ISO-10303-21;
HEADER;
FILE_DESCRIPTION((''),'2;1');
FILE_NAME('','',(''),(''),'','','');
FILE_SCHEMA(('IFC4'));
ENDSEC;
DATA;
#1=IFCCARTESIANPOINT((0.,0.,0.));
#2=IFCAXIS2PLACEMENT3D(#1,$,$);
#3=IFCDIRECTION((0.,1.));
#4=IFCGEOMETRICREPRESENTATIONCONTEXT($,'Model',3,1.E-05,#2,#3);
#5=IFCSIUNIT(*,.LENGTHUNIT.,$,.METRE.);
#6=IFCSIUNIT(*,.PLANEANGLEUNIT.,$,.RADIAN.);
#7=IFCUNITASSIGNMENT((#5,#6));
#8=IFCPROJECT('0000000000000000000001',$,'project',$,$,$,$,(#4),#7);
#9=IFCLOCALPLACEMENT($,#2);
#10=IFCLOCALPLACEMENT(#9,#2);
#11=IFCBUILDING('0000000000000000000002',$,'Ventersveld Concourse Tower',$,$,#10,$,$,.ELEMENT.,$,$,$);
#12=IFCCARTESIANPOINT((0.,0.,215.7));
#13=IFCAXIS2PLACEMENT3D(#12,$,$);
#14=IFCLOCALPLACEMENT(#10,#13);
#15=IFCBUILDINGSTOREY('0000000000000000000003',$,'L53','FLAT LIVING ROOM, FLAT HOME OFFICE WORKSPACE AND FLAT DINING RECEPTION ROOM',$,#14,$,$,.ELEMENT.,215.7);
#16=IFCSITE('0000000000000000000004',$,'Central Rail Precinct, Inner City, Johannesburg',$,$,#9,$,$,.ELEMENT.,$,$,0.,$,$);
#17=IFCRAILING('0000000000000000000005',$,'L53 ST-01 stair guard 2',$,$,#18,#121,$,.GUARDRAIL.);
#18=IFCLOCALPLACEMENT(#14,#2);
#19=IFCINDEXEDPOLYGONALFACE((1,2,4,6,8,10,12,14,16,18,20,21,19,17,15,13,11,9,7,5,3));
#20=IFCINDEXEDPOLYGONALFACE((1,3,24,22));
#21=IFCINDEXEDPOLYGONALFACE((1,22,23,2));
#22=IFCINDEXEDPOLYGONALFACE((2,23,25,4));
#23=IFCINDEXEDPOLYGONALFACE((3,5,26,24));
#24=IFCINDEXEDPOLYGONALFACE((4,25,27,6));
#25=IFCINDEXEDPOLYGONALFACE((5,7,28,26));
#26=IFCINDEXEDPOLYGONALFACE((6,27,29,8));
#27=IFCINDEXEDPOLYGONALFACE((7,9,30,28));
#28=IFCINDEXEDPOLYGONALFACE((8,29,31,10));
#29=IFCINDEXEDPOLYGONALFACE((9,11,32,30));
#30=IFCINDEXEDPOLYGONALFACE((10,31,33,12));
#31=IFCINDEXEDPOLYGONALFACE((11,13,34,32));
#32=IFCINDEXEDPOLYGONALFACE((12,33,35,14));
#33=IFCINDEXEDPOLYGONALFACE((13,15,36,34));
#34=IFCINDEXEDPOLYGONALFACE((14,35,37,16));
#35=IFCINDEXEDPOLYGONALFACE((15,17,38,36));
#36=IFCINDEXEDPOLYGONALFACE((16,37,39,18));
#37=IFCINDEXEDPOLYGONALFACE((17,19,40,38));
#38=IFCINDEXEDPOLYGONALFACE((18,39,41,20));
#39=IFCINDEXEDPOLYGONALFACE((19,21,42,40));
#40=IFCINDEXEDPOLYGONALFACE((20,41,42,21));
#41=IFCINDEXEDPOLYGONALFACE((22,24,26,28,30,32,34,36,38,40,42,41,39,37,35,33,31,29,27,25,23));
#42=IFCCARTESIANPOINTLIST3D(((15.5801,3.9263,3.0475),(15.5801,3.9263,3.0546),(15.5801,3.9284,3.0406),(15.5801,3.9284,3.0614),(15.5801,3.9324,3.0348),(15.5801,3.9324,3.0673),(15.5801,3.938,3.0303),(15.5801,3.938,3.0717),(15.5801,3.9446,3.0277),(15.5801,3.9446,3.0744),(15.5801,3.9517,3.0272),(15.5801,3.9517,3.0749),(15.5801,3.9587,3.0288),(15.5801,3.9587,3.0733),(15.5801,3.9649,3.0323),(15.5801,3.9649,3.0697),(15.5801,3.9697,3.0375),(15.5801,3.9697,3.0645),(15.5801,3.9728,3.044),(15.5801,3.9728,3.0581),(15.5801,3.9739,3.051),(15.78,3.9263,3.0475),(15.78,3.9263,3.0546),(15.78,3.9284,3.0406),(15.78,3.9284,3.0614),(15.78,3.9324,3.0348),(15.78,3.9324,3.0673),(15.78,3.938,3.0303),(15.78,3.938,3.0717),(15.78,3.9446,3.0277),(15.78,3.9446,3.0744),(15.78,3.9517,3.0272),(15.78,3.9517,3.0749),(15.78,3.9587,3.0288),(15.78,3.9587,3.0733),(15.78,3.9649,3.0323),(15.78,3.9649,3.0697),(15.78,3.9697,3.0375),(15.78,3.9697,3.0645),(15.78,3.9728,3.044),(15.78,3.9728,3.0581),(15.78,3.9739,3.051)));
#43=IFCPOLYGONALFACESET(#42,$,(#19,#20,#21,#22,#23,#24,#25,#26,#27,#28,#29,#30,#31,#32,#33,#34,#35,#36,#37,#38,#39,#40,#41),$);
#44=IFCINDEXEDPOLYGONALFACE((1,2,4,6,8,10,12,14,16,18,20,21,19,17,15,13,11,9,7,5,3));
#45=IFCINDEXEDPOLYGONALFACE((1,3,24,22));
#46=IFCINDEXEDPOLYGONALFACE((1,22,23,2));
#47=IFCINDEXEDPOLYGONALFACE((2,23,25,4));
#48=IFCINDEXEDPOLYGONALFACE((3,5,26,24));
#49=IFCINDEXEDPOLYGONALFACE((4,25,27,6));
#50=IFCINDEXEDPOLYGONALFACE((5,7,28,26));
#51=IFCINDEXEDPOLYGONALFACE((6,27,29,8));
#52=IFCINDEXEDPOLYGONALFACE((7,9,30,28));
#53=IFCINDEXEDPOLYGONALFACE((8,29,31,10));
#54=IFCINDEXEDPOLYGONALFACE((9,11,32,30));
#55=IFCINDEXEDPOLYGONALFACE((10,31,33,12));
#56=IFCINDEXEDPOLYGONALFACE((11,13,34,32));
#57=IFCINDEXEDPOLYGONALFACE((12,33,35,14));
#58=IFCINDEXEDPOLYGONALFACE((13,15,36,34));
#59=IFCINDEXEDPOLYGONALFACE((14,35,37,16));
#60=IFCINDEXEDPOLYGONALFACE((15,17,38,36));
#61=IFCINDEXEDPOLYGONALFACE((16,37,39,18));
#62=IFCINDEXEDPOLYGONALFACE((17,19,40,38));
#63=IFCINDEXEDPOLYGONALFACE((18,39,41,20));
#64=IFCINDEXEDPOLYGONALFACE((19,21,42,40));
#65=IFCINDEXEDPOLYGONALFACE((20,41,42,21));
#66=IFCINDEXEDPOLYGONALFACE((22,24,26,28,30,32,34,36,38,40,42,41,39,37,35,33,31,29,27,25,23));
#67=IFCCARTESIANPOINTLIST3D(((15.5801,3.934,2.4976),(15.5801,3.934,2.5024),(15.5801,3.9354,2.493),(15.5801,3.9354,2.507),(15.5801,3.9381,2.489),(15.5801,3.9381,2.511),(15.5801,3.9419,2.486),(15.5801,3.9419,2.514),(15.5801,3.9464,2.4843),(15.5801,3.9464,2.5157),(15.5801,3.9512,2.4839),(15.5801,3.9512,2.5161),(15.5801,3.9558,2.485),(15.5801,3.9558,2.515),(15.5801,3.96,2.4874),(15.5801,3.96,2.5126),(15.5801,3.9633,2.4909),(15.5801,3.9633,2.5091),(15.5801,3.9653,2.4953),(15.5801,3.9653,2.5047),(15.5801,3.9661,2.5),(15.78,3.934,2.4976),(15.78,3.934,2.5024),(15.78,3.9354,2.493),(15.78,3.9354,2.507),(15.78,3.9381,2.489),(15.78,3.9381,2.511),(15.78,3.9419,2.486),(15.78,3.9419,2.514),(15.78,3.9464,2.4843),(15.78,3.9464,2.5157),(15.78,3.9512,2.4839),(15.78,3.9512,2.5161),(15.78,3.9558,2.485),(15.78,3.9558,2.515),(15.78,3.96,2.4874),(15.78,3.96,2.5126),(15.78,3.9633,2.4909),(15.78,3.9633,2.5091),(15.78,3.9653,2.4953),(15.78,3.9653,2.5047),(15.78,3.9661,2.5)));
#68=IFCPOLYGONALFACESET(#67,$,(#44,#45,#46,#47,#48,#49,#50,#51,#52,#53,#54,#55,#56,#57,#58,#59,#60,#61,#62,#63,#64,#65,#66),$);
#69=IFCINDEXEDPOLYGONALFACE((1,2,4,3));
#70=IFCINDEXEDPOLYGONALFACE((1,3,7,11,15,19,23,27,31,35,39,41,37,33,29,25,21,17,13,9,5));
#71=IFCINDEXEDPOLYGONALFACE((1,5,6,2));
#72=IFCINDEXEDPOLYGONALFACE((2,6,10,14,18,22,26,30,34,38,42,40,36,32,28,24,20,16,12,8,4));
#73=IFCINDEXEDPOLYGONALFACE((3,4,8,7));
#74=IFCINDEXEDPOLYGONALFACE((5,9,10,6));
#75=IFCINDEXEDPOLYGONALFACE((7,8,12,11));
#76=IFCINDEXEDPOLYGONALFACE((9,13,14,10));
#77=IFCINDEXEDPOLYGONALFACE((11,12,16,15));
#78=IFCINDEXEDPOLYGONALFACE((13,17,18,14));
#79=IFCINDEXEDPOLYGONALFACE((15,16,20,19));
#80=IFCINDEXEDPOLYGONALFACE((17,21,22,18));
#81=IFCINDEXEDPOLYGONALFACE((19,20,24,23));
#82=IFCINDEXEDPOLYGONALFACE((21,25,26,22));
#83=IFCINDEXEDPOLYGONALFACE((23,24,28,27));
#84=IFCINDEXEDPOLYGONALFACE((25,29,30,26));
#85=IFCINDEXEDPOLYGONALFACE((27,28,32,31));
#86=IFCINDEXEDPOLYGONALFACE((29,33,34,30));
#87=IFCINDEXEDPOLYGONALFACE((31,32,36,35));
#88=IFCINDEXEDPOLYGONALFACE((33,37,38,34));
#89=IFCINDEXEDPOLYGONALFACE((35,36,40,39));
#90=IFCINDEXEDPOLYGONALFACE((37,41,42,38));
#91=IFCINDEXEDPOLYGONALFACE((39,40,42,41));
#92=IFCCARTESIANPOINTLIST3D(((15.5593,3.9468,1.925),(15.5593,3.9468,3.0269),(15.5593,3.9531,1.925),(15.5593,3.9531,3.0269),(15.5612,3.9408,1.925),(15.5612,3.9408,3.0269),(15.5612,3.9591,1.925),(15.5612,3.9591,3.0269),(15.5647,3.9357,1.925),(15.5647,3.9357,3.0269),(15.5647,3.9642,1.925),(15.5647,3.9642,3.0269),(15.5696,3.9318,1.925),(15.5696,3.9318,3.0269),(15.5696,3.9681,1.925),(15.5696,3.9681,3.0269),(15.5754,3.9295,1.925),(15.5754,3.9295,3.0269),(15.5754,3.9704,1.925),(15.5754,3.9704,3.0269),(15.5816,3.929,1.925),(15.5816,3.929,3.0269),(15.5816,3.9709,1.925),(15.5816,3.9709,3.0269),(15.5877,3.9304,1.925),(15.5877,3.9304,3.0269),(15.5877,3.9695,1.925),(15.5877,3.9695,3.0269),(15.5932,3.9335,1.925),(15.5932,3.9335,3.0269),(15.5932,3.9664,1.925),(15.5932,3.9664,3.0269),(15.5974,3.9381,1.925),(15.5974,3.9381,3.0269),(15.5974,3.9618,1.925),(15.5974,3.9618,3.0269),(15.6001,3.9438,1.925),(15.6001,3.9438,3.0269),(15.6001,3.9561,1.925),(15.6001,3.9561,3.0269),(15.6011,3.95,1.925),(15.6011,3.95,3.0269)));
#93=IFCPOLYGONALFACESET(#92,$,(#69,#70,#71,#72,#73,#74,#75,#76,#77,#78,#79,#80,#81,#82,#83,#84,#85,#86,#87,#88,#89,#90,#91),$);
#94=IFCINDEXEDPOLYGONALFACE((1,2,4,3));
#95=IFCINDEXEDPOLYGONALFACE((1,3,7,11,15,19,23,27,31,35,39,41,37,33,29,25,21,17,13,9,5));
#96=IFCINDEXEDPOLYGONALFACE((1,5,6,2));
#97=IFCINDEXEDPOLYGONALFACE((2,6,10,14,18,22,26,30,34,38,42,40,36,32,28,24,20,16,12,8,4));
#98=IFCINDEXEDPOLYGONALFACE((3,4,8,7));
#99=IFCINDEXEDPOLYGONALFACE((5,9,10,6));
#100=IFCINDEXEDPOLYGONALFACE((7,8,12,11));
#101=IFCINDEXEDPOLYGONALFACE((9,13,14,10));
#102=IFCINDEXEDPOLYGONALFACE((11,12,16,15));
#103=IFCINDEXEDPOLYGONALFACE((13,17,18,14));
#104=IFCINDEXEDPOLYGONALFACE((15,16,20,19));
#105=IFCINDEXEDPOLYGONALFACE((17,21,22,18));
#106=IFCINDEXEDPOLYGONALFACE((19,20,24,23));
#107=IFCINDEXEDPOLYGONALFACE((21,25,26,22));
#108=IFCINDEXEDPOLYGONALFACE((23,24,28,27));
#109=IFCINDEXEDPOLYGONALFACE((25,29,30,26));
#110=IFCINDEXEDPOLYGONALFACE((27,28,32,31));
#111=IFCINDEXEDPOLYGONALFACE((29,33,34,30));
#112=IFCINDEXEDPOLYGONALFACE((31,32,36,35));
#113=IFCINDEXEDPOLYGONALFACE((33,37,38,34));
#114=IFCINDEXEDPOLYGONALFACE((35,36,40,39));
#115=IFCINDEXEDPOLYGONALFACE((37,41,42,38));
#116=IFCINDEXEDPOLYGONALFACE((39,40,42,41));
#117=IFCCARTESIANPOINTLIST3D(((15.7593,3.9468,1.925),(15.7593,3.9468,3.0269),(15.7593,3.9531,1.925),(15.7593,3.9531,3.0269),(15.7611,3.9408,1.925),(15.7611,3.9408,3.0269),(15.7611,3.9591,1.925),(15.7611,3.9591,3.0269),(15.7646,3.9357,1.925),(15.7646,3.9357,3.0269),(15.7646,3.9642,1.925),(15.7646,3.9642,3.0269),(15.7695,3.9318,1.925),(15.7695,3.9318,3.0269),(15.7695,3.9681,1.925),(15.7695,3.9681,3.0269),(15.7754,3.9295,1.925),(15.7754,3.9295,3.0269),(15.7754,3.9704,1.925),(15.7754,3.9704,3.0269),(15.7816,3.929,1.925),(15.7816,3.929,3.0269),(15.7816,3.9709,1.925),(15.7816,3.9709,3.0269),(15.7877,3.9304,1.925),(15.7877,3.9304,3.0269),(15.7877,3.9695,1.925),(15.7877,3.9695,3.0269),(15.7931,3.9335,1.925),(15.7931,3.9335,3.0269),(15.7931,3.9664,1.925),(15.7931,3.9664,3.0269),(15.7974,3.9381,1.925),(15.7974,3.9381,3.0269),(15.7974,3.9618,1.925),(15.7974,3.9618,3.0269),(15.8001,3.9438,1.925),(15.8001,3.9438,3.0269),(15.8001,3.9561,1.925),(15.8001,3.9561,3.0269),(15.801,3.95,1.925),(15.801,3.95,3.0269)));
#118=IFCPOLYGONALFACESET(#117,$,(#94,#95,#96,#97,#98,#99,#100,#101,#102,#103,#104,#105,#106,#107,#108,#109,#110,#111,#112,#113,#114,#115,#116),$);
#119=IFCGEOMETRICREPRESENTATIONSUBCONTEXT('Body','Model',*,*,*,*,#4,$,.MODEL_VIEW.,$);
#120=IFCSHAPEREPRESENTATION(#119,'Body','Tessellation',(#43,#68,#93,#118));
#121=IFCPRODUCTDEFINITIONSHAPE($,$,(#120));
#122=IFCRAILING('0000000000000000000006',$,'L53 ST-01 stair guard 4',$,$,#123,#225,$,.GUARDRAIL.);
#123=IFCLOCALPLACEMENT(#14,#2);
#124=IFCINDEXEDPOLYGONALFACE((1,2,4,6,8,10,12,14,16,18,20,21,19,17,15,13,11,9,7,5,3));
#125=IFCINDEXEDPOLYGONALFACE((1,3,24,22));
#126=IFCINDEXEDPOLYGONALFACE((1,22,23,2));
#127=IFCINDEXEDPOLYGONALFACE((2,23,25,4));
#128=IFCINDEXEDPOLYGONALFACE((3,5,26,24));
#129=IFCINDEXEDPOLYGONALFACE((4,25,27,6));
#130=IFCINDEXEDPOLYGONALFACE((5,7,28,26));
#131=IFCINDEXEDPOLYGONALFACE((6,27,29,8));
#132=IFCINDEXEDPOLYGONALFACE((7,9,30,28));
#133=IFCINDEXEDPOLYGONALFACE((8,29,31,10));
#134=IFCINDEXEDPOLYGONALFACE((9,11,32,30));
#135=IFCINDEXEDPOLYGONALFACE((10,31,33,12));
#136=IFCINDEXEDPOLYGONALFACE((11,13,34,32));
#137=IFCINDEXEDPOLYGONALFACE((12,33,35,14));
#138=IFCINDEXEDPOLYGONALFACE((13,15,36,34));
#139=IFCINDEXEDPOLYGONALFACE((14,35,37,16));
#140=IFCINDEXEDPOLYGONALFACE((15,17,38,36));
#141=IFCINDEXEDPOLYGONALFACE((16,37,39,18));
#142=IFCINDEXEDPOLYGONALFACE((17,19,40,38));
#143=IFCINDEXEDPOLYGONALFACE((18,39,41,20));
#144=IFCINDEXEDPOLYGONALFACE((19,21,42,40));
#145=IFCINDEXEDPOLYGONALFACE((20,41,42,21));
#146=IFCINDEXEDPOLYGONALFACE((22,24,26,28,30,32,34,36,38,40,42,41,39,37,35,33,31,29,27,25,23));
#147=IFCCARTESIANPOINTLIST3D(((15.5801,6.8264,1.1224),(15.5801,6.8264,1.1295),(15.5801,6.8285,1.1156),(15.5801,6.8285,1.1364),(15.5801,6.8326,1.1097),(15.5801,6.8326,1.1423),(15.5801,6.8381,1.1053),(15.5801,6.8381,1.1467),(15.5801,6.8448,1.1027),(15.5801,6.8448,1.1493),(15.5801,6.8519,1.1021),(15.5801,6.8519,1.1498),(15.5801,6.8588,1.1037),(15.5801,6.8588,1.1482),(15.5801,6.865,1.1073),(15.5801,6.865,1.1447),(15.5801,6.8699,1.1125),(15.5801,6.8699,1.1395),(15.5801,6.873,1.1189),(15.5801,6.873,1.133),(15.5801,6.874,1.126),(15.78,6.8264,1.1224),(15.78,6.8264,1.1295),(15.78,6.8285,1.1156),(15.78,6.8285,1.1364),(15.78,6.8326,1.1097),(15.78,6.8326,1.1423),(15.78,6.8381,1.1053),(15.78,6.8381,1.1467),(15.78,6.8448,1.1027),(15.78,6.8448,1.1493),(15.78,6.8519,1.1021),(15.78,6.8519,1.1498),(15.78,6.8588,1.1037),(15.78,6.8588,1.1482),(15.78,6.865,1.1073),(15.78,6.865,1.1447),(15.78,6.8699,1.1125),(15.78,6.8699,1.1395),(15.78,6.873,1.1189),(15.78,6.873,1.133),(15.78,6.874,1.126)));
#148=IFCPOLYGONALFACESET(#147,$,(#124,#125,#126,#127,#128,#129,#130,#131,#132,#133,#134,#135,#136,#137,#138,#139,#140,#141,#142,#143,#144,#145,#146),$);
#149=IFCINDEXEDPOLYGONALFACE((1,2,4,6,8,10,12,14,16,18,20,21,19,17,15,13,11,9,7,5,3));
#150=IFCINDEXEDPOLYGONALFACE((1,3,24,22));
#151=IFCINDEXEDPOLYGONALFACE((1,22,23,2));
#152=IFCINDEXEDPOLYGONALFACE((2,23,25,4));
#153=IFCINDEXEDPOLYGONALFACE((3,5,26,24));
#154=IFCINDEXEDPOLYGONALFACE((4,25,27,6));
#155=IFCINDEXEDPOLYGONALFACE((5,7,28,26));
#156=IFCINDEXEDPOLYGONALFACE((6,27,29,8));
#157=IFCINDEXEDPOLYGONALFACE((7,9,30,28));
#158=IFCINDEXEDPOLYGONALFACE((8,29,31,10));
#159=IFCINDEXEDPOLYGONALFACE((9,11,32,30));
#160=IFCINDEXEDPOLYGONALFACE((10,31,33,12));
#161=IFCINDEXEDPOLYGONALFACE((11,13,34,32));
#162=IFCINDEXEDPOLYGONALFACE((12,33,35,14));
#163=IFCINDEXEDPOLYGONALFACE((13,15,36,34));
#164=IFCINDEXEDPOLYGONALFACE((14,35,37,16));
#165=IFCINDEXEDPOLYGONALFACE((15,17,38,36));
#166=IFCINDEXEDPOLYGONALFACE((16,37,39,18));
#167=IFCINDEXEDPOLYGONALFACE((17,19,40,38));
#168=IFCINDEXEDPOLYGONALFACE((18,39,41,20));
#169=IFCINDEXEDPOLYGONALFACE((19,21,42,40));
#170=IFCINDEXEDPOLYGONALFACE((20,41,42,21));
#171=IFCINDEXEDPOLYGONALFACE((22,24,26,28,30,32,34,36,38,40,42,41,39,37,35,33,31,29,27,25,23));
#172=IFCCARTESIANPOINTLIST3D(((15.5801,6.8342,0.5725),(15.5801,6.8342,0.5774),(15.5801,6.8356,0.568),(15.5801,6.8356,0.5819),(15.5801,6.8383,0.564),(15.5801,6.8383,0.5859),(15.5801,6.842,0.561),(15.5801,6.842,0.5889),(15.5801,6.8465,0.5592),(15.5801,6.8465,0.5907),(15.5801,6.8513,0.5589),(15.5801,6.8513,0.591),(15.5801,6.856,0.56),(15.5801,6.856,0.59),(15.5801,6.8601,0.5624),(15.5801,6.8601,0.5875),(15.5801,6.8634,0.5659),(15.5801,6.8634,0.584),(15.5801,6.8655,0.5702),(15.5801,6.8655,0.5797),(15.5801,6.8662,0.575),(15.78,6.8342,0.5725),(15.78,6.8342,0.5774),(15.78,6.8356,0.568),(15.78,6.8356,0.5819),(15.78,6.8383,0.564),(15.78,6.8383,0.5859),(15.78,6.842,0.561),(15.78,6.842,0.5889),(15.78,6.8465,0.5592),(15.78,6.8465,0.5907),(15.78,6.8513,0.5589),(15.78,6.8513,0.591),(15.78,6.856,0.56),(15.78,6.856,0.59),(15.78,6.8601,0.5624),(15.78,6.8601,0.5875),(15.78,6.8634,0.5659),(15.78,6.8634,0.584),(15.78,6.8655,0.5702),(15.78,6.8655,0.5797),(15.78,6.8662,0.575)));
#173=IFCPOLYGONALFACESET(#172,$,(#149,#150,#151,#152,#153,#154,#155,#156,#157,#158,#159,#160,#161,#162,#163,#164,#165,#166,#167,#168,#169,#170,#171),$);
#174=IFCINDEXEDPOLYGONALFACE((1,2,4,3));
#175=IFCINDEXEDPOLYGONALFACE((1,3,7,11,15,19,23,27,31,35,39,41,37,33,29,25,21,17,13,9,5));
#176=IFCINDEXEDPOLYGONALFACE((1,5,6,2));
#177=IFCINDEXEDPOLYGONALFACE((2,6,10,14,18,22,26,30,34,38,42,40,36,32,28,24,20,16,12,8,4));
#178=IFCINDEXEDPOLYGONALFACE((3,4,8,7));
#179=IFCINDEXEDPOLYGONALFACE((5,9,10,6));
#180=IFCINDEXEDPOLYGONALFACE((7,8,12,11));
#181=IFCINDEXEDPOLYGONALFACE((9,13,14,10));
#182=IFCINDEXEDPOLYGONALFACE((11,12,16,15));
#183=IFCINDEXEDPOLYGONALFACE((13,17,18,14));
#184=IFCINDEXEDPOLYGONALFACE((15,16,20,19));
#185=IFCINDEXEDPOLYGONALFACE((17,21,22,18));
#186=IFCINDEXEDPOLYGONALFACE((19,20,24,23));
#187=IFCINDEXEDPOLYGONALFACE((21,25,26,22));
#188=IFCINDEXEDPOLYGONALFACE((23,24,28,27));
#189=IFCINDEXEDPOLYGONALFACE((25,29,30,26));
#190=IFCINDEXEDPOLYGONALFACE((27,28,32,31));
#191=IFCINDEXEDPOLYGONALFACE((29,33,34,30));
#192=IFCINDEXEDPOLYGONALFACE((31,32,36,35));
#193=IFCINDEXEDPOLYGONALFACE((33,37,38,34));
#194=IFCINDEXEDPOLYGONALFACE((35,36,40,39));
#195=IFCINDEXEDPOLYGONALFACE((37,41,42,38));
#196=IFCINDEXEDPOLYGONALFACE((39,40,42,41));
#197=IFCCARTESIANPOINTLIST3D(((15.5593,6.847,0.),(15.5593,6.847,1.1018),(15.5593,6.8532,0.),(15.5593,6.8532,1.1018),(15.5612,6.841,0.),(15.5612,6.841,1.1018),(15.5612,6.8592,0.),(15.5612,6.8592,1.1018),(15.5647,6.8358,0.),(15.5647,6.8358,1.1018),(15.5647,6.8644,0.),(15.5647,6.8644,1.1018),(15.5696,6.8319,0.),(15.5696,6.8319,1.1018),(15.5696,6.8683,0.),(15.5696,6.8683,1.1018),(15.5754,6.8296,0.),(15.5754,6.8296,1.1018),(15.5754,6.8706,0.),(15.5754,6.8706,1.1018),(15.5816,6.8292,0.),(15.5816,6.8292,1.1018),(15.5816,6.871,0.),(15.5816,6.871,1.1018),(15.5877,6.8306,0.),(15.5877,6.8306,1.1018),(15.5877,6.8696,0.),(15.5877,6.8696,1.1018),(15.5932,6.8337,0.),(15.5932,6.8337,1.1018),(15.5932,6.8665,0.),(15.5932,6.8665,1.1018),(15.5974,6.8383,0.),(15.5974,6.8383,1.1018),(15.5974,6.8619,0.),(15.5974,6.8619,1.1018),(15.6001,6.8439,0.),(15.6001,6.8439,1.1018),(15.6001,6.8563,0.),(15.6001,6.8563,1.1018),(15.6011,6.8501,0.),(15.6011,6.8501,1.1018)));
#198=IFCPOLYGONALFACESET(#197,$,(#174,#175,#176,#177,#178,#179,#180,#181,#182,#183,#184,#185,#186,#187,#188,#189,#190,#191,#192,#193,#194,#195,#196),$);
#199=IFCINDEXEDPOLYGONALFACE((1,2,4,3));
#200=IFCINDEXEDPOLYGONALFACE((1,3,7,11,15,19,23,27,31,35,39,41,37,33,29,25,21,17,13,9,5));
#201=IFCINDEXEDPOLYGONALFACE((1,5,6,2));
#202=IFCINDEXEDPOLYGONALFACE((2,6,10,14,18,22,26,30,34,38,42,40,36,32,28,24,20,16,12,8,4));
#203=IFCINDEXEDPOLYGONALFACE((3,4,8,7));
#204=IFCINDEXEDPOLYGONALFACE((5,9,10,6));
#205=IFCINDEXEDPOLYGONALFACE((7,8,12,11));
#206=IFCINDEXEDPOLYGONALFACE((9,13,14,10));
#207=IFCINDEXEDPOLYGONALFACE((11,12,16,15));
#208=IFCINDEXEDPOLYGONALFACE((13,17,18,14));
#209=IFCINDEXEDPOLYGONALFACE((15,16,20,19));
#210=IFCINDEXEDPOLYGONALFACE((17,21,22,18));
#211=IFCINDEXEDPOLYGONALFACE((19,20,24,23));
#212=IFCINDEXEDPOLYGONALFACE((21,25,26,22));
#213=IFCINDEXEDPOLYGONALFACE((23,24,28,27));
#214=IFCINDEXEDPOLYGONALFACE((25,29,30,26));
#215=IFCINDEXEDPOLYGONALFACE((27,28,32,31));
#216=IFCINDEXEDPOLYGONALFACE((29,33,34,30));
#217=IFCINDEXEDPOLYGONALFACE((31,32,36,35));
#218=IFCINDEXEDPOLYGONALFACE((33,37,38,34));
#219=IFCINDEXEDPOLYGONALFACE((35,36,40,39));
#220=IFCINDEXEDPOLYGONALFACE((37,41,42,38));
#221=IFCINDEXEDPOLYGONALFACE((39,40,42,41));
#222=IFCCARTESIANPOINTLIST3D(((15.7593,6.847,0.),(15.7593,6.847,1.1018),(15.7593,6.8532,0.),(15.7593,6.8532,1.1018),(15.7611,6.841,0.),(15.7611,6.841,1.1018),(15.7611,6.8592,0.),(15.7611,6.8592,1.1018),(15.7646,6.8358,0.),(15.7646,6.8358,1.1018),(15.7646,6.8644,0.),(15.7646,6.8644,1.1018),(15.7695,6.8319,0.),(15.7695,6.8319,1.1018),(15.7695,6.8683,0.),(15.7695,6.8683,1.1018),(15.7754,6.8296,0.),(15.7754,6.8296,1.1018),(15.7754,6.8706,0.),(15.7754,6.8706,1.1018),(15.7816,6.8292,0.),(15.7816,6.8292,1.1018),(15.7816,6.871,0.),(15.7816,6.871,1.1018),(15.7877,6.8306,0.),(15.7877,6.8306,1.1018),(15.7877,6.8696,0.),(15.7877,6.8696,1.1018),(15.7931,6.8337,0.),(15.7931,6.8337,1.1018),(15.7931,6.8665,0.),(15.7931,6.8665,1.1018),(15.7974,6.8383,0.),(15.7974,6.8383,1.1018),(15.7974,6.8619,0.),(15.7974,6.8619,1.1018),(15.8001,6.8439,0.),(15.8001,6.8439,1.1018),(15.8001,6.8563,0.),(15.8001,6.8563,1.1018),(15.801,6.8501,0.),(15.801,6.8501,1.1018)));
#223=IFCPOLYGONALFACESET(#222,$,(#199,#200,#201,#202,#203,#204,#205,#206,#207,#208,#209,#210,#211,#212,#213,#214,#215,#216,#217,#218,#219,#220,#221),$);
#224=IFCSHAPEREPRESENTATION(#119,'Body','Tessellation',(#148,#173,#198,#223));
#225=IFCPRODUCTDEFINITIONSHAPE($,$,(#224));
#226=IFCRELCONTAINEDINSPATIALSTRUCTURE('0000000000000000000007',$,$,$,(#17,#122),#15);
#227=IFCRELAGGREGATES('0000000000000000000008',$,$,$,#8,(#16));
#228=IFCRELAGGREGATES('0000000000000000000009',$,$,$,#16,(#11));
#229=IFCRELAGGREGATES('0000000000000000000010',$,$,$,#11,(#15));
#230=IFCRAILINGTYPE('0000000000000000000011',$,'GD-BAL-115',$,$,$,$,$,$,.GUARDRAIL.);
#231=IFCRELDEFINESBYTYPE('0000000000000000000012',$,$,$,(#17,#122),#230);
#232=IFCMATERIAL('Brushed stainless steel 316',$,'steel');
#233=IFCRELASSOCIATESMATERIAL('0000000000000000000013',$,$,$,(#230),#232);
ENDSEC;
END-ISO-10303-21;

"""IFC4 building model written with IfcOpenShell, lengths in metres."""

from ifc_helpers import new_model, si_unit, direction, frame, origin, origin_2d, place, context, subcontext, project, spatial, circle, extrude, material, type_object, element, save


model = new_model("IFC4")

# Units and contexts
model_context = context("Model", 3, precision=1e-05, world=origin(), true_north=direction((0.0, 1.0)))
body_context = subcontext(model_context, "Body", "Model", "MODEL_VIEW")
ifc_project = project(units=[si_unit("LENGTHUNIT", "METRE"), si_unit("PLANEANGLEUNIT", "RADIAN")], contexts=[model_context])

# Site, building, storey
site_placement = place(None, origin())
site = spatial("IfcSite", under=ifc_project, at=site_placement, Name="Central Rail Precinct, Inner City, Johannesburg", CompositionType="ELEMENT", RefElevation=0.0)
building_placement = place(site_placement, origin())
building = spatial("IfcBuilding", under=site, at=building_placement, Name="Ventersveld Concourse Tower", CompositionType="ELEMENT")
storey_placement = place(building_placement, frame((0.0, 0.0, 215.7)))
storey = spatial("IfcBuildingStorey", under=building, at=storey_placement, Name="L53", Description="FLAT LIVING ROOM, FLAT HOME OFFICE WORKSPACE AND FLAT DINING RECEPTION ROOM", CompositionType="ELEMENT", Elevation=215.7)

# Railings
ifc_material_1 = material(Name="Brushed stainless steel 316", Category="steel")
railing_type_1 = type_object("IfcRailingType", Name="GD-BAL-115", PredefinedType="GUARDRAIL", material=ifc_material_1)
for number, where, name in (
    (1, (15.5801, 3.95, 1.925), "L53 ST-01 stair guard 2"),
    (2, (15.5801, 6.8501, 0.0), "L53 ST-01 stair guard 4"),
):
    element("IfcRailing", number, at=place(storey_placement, frame(where)), inside=storey, type_object=railing_type_1, Name=name, PredefinedType="GUARDRAIL", context=body_context, shape_type="SweptSolid", body=[
        extrude(circle(Radius=0.0239, at=origin_2d()), frame((0.0, 0.0, 1.126), z_axis=(1.0, 0.0, 0.0), x_axis=(0.0, 1.0, 0.0)), (0.0, 0.0, 1.0), 0.2),
        extrude(circle(Radius=0.0161, at=origin_2d()), frame((0.0, 0.0, 0.575), z_axis=(1.0, 0.0, 0.0), x_axis=(0.0, 1.0, 0.0)), (0.0, 0.0, 1.0), 0.2),
        extrude(circle(Radius=0.021, at=origin_2d()), origin(), (0.0, 0.0, 1.0), 1.1018),
        extrude(circle(Radius=0.021, at=origin_2d()), frame((0.2, 0.0, 0.0)), (0.0, 0.0, 1.0), 1.1018),
    ])

save(model, "model.ifc")
